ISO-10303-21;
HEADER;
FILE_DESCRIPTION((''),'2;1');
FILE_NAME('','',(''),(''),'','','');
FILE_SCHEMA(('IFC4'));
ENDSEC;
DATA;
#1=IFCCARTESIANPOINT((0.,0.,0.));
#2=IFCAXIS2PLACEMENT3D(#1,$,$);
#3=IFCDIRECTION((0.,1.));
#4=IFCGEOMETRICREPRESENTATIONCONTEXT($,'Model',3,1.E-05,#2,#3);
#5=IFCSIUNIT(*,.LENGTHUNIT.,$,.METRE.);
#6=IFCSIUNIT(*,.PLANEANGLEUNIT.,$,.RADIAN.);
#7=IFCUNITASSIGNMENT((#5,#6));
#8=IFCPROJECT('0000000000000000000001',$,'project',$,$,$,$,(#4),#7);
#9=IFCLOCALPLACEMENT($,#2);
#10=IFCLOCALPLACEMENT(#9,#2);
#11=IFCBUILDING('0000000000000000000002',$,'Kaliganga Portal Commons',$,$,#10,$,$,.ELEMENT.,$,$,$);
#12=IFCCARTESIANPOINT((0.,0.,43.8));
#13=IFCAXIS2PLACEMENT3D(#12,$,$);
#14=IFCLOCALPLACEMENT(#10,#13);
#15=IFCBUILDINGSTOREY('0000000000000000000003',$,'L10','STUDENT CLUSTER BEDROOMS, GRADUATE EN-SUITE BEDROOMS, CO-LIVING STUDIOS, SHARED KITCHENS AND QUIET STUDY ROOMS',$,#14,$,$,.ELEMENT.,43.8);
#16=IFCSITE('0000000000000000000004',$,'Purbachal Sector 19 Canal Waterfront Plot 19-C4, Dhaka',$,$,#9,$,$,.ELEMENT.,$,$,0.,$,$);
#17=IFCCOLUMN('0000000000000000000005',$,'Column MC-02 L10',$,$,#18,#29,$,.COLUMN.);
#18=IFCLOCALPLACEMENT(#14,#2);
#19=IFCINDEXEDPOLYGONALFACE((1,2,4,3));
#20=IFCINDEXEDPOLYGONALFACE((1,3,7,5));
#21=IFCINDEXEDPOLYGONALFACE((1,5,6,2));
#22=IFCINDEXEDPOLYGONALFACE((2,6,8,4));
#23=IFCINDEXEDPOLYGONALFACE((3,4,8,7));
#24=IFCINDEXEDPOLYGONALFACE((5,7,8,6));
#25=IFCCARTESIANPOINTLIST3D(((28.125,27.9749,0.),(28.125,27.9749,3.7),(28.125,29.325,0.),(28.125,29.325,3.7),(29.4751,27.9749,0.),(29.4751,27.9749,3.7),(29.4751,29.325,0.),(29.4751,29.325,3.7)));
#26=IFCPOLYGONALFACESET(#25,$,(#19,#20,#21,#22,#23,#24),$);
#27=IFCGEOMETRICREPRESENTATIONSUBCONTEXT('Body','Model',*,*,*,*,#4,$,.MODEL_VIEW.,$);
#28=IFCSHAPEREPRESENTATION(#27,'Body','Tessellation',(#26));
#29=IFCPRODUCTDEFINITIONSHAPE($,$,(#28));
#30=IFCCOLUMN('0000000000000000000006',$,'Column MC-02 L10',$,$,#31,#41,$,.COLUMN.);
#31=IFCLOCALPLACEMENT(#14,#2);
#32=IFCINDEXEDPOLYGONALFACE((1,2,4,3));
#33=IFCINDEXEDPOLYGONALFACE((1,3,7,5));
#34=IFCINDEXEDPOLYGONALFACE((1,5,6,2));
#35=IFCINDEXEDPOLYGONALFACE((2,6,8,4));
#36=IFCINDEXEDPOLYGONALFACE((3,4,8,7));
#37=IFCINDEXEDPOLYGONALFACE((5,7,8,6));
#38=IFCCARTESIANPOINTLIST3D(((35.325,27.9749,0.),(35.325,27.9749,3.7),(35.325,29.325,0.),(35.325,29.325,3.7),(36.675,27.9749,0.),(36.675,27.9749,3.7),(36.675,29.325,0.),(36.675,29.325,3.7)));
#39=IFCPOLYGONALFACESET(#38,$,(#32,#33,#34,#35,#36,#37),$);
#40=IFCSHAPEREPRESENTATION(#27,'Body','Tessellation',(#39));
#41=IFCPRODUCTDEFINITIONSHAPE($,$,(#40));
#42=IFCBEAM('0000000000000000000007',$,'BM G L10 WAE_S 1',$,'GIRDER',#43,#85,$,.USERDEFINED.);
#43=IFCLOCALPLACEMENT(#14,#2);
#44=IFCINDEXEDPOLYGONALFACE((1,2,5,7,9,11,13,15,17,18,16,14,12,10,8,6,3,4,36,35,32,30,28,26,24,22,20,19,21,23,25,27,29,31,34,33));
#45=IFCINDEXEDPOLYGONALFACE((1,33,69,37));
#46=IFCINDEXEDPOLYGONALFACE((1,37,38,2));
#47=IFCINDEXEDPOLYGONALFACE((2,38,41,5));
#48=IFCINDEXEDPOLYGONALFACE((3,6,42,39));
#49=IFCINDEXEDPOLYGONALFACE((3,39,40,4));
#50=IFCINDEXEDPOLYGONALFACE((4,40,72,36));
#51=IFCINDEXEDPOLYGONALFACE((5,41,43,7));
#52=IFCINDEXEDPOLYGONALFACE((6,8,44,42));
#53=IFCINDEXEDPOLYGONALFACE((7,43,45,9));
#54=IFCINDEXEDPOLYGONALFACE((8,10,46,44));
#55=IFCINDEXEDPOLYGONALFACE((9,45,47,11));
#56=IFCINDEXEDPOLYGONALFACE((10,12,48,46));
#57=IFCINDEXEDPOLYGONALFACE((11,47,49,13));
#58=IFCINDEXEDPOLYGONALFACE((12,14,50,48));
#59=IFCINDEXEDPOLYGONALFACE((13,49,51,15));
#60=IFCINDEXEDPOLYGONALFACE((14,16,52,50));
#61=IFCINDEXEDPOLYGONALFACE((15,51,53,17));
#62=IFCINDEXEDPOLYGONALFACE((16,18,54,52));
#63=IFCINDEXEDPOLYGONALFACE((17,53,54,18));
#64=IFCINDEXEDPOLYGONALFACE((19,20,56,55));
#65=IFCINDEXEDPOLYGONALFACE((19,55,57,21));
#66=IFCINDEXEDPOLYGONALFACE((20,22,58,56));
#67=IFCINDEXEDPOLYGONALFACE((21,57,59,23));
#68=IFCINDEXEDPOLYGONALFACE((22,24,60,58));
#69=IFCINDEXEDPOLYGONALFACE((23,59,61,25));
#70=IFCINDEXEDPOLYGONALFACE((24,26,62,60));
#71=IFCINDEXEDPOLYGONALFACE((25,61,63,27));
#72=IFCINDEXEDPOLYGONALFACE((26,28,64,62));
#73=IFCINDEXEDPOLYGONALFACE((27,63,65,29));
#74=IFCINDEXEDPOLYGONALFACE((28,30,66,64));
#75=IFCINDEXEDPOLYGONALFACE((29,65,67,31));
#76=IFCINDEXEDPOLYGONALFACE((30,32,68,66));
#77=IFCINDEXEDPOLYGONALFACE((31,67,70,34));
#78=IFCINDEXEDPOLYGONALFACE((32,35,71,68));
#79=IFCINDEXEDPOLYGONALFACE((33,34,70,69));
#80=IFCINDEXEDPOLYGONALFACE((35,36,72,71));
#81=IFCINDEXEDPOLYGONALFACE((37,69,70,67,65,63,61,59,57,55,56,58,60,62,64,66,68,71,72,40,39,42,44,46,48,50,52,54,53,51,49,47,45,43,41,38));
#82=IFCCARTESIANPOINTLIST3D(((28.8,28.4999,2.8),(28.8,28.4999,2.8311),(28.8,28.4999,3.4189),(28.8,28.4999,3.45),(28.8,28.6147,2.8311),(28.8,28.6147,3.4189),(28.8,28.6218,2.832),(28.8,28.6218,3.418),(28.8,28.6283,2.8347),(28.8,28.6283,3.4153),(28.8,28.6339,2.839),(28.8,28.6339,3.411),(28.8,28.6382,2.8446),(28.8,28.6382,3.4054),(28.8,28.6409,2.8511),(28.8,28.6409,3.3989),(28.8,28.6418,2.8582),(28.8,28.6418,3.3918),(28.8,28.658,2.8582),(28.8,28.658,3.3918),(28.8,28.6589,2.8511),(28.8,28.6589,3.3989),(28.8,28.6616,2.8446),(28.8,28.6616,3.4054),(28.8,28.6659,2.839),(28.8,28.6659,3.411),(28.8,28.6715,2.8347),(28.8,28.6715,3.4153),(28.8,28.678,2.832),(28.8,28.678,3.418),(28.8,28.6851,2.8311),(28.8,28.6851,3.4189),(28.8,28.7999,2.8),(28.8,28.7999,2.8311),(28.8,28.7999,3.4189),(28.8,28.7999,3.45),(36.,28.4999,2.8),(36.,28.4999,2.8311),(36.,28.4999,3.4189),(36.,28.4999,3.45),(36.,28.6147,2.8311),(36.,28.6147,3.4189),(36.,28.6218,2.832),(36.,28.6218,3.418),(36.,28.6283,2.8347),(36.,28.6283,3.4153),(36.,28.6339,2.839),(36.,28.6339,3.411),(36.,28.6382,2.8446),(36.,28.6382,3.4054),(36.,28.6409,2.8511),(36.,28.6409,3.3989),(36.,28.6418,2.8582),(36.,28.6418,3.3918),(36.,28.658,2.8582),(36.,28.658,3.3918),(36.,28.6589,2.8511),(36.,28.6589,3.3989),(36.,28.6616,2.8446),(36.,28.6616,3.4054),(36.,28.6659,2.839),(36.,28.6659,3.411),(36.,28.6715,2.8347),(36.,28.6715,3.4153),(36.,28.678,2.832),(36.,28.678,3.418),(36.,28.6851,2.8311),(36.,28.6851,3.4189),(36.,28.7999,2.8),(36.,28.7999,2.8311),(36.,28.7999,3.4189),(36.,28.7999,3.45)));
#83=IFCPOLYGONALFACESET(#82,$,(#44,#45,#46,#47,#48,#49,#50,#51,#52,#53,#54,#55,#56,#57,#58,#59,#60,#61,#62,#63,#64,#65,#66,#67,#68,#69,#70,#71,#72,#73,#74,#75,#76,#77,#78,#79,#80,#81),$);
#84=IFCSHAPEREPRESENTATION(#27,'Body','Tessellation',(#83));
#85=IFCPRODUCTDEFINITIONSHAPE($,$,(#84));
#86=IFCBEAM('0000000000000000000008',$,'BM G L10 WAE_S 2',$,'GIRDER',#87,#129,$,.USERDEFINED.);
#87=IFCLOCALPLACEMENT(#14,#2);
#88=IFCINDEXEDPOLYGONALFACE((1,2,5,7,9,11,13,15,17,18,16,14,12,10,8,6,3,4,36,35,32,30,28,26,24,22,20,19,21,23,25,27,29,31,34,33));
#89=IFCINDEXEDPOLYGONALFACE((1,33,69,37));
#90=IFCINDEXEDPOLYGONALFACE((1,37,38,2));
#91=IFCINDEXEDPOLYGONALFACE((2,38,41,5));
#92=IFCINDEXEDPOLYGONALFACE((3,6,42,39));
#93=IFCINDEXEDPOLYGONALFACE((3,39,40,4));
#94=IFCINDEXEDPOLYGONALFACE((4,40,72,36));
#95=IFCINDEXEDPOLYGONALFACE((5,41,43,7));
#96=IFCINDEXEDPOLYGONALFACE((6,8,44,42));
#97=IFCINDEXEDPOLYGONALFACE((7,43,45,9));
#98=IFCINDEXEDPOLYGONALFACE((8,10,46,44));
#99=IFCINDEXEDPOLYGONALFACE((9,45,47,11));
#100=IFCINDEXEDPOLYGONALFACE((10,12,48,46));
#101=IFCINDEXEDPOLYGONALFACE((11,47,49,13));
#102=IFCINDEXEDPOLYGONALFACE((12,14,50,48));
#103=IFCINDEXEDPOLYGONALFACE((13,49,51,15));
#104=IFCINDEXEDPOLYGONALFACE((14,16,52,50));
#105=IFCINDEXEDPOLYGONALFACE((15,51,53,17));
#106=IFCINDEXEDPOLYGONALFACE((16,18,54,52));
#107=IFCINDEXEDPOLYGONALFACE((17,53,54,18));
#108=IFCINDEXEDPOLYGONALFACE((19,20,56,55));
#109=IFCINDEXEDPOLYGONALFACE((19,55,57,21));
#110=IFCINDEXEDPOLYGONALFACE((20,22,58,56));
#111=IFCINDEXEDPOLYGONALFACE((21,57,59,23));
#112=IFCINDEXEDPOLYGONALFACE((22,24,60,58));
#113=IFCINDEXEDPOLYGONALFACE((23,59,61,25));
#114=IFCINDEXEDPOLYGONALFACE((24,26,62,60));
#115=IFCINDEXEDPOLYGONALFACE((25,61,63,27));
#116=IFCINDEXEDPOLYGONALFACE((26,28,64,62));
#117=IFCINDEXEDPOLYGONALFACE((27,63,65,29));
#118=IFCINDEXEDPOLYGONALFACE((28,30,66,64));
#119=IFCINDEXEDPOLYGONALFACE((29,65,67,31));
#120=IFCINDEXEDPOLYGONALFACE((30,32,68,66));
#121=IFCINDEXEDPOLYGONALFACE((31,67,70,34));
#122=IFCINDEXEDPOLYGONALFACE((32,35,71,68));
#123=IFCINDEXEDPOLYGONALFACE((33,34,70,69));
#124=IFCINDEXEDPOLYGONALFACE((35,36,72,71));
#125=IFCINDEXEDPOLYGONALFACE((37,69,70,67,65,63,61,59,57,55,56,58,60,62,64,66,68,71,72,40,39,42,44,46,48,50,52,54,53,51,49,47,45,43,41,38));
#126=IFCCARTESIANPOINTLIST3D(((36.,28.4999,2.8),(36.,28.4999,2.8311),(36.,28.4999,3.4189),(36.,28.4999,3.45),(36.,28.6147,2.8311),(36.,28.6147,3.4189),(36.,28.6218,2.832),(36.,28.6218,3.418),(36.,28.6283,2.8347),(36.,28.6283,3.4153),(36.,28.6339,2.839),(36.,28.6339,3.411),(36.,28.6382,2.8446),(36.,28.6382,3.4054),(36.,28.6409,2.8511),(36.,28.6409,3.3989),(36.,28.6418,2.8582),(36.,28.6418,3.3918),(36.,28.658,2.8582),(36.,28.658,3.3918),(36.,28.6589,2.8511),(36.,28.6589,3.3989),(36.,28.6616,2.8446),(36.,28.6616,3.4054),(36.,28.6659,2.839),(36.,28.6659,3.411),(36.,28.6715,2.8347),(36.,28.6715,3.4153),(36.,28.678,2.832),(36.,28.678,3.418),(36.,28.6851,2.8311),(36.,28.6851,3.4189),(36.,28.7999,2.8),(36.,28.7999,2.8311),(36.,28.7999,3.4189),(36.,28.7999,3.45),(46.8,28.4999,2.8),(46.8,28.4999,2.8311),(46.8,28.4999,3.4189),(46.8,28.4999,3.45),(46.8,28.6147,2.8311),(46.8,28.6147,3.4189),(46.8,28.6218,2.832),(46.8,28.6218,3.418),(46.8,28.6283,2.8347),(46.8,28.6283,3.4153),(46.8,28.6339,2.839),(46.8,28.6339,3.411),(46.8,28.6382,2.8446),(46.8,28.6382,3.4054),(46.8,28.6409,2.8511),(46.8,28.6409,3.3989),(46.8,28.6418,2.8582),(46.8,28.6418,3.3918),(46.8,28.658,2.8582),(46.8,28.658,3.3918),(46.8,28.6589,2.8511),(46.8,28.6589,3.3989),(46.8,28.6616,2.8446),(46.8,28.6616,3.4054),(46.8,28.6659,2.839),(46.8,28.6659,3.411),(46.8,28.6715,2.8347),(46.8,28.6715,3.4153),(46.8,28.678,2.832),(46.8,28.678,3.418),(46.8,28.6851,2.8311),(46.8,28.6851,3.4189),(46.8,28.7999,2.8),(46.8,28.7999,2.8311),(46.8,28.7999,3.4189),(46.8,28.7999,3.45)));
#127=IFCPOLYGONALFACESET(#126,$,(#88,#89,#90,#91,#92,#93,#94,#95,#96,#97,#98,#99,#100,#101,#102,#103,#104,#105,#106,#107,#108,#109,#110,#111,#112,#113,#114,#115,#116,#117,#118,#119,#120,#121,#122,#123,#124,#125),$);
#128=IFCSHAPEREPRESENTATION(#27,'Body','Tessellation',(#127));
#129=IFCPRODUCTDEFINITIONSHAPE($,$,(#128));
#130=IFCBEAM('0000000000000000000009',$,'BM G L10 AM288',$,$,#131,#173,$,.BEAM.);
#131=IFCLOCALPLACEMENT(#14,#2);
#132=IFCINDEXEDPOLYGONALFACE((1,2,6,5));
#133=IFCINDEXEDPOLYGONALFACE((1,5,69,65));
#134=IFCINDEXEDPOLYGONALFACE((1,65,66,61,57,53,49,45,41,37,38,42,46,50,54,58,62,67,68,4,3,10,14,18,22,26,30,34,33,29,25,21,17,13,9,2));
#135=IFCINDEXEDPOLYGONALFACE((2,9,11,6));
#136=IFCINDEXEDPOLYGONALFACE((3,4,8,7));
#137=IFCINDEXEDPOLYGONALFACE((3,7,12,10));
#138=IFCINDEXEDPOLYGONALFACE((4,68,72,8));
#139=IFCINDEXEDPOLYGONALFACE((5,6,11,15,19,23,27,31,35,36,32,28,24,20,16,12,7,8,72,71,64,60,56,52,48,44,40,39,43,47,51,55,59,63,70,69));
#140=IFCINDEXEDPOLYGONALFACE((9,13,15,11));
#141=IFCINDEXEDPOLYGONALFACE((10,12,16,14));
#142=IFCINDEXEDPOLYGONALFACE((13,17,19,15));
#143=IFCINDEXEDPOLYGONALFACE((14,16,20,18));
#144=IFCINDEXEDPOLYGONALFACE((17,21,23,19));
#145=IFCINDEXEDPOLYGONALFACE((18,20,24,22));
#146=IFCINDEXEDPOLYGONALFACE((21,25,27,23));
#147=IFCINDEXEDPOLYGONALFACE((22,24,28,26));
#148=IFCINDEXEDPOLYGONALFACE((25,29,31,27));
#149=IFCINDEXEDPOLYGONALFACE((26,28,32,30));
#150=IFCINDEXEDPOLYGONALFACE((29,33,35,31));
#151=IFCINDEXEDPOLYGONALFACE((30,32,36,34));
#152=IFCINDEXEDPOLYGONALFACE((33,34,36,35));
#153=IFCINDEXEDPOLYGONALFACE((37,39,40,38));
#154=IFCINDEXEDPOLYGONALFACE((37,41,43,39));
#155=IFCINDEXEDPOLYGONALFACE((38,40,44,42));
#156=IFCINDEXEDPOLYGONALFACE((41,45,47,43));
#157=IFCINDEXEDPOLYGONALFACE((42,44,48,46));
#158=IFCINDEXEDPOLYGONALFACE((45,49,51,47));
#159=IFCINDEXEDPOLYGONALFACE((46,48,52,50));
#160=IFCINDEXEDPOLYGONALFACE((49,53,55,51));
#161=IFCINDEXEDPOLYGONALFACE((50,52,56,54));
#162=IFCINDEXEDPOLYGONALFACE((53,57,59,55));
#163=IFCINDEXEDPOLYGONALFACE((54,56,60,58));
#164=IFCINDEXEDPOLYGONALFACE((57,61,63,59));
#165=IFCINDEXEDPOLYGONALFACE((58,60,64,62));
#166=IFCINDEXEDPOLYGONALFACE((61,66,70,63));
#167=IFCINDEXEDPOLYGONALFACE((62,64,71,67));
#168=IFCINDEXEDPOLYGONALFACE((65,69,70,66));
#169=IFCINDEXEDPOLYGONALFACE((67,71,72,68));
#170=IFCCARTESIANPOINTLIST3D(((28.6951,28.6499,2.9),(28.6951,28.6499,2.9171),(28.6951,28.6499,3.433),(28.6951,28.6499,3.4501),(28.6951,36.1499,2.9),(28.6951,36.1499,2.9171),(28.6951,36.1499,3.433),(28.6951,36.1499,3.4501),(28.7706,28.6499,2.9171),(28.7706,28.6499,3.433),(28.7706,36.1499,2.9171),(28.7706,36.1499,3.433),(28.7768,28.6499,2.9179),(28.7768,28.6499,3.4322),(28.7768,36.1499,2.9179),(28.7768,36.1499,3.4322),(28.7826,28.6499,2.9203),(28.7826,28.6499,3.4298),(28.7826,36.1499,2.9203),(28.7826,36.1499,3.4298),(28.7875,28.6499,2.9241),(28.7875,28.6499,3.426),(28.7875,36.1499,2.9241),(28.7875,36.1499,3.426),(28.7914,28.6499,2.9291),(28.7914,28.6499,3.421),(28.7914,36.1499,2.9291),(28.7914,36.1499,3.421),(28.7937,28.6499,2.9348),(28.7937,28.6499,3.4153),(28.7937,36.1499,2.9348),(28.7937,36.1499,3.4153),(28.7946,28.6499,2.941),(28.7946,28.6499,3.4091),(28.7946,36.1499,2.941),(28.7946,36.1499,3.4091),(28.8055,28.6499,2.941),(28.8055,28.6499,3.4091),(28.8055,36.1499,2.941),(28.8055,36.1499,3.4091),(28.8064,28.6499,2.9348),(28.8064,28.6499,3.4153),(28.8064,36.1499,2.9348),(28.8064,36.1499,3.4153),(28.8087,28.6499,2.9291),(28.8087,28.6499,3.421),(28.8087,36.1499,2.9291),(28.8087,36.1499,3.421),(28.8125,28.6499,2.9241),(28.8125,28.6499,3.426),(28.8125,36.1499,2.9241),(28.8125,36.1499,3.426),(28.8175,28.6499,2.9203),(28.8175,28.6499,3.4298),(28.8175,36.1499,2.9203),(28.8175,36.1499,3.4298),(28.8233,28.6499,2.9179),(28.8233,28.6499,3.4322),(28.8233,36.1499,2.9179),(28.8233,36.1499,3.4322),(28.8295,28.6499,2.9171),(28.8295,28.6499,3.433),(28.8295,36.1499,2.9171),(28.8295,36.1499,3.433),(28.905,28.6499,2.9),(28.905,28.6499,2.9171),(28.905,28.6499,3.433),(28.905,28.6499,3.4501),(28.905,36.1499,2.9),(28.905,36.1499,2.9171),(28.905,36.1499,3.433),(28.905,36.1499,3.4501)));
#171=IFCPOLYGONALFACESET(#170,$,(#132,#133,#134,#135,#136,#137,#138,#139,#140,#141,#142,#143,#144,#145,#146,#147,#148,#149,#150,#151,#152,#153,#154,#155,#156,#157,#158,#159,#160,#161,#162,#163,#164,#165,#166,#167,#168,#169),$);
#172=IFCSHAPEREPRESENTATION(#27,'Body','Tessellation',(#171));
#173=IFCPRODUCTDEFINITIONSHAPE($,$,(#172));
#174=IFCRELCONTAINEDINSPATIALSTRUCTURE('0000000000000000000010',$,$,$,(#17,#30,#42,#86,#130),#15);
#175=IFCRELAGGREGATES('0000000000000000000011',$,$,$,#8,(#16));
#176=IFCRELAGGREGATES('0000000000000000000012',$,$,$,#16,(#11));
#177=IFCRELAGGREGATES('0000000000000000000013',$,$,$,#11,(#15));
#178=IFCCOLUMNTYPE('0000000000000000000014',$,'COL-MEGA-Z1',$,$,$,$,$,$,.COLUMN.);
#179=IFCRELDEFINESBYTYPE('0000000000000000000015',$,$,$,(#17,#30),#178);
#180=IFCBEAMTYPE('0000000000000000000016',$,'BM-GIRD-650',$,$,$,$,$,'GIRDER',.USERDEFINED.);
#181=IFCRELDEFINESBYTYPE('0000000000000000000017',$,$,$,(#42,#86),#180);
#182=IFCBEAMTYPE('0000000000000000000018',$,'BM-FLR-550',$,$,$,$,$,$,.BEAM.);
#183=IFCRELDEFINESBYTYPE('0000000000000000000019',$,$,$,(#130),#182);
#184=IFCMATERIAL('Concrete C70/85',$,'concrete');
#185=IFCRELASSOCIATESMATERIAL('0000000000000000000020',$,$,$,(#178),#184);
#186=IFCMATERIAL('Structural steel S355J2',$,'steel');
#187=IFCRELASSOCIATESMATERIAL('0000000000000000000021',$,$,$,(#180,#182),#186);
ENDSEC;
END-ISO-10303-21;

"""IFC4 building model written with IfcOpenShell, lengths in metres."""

from ifc_helpers import new_model, si_unit, direction, frame, origin, origin_2d, place, context, subcontext, project, spatial, rectangle, i_section, extrude, source, transform, mapped, material, material_profile, profile_set, type_object, element, save


model = new_model("IFC4")

# Units and contexts
model_context = context("Model", 3, precision=1e-05, world=origin(), true_north=direction((0.0, 1.0)))
body_context = subcontext(model_context, "Body", "Model", "MODEL_VIEW")
ifc_project = project(units=[si_unit("LENGTHUNIT", "METRE"), si_unit("PLANEANGLEUNIT", "RADIAN")], contexts=[model_context])

# Site, building, storey
site_placement = place(None, origin())
site = spatial("IfcSite", under=ifc_project, at=site_placement, Name="Purbachal Sector 19 Canal Waterfront Plot 19-C4, Dhaka", CompositionType="ELEMENT", RefElevation=0.0)
building_placement = place(site_placement, origin())
building = spatial("IfcBuilding", under=site, at=building_placement, Name="Kaliganga Portal Commons", CompositionType="ELEMENT")
storey_placement = place(building_placement, frame((0.0, 0.0, 43.8)))
storey = spatial("IfcBuildingStorey", under=building, at=storey_placement, Name="L10", Description="STUDENT CLUSTER BEDROOMS, GRADUATE EN-SUITE BEDROOMS, CO-LIVING STUDIOS, SHARED KITCHENS AND QUIET STUDY ROOMS", CompositionType="ELEMENT", Elevation=43.8)

# Columns
ifc_material_1 = material(Name="Concrete C70/85", Category="concrete")
ifc_material_profile_1 = material_profile(ifc_material_1, rectangle(XDim=1.3501, YDim=1.3501, at=origin_2d()), Name="RC 1350x1350")
ifc_profile_set_1 = profile_set([ifc_material_profile_1], Name="Concrete C70/85")
column_type = type_object("IfcColumnType", Name="COL-MEGA-Z1", PredefinedType="COLUMN", material=ifc_profile_set_1)
shared_shape_1 = source(origin(), body_context, "Body", "SweptSolid", [
    extrude(rectangle(XDim=1.3501, YDim=1.3501, at=origin_2d()), origin(), (0.0, 0.0, 1.0), 3.7),
])
for number, where, z_axis, x_axis, name in (
    (1, (28.8, 28.6499, 0.0), (0.0, 0.0, 1.0), (1.0, 0.0, 0.0), "Column MC-02 L10"),
    (2, (36.0, 28.6499, 0.0), (0.0, 0.0, 1.0), (1.0, 0.0, 0.0), "Column MC-02 L10"),
):
    element("IfcColumn", number, at=place(storey_placement, frame(where, z_axis=z_axis, x_axis=x_axis)), inside=storey, type_object=column_type, Name=name, PredefinedType="COLUMN", context=body_context, shape_type="MappedRepresentation", body=[
        mapped(shared_shape_1, transform((0.0, 0.0, 0.0), x_axis=(1.0, 0.0, 0.0), y_axis=(0.0, 1.0, 0.0), z_axis=(0.0, 0.0, 1.0), scale=1.0)),
    ])

# Beams
ifc_material_2 = material(Name="Structural steel S355J2", Category="steel")
ifc_material_profile_2 = material_profile(ifc_material_2, i_section(OverallWidth=0.3, OverallDepth=0.6499, WebThickness=0.0161, FlangeThickness=0.031, FilletRadius=0.0271, at=origin_2d()), Name="HE 650 B")
ifc_profile_set_2 = profile_set([ifc_material_profile_2], Name="Structural steel S355J2 wide-flange")
beam_type_1 = type_object("IfcBeamType", Name="BM-GIRD-650", ElementType="GIRDER", PredefinedType="USERDEFINED", material=ifc_profile_set_2)
shared_shape_2 = source(origin(), body_context, "Body", "SweptSolid", [
    extrude(i_section(OverallWidth=0.3, OverallDepth=0.6499, WebThickness=0.0161, FlangeThickness=0.031, FilletRadius=0.0271, at=origin_2d()), origin(), (0.0, 0.0, 1.0), 7.2),
])
beam_1_placement = place(storey_placement, frame((28.8, 28.6499, 3.125), z_axis=(1.0, 0.0, 0.0), x_axis=(0.0, 1.0, 0.0)))
element("IfcBeam", 3, at=beam_1_placement, inside=storey, type_object=beam_type_1, Name="BM G L10 WAE_S 1", ObjectType="GIRDER", PredefinedType="USERDEFINED", context=body_context, shape_type="MappedRepresentation", body=[
    mapped(shared_shape_2, transform((0.0, 0.0, 0.0), x_axis=(1.0, 0.0, 0.0), y_axis=(0.0, 1.0, 0.0), z_axis=(0.0, 0.0, 1.0), scale=1.0)),
])
shared_shape_3 = source(origin(), body_context, "Body", "SweptSolid", [
    extrude(i_section(OverallWidth=0.3, OverallDepth=0.6499, WebThickness=0.0161, FlangeThickness=0.031, FilletRadius=0.0271, at=origin_2d()), origin(), (0.0, 0.0, 1.0), 10.8),
])
beam_2_placement = place(storey_placement, frame((36.0, 28.6499, 3.125), z_axis=(1.0, 0.0, 0.0), x_axis=(0.0, 1.0, 0.0)))
element("IfcBeam", 4, at=beam_2_placement, inside=storey, type_object=beam_type_1, Name="BM G L10 WAE_S 2", ObjectType="GIRDER", PredefinedType="USERDEFINED", context=body_context, shape_type="MappedRepresentation", body=[
    mapped(shared_shape_3, transform((0.0, 0.0, 0.0), x_axis=(1.0, 0.0, 0.0), y_axis=(0.0, 1.0, 0.0), z_axis=(0.0, 0.0, 1.0), scale=1.0)),
])
ifc_material_profile_3 = material_profile(ifc_material_2, i_section(OverallWidth=0.21, OverallDepth=0.55, WebThickness=0.011, FlangeThickness=0.0171, FilletRadius=0.0239, at=origin_2d()), Name="IPE 550")
ifc_profile_set_3 = profile_set([ifc_material_profile_3], Name="Structural steel S355J2 wide-flange")
beam_type_2 = type_object("IfcBeamType", Name="BM-FLR-550", PredefinedType="BEAM", material=ifc_profile_set_3)
shared_shape_4 = source(origin(), body_context, "Body", "SweptSolid", [
    extrude(i_section(OverallWidth=0.21, OverallDepth=0.55, WebThickness=0.011, FlangeThickness=0.0171, FilletRadius=0.0239, at=origin_2d()), origin(), (0.0, 0.0, 1.0), 7.5),
])
for number, where, z_axis, x_axis, name in (
    (5, (28.8, 28.6499, 3.175), (0.0, 1.0, 0.0), (-1.0, 0.0, 0.0), "BM G L10 AM288"),
):
    element("IfcBeam", number, at=place(storey_placement, frame(where, z_axis=z_axis, x_axis=x_axis)), inside=storey, type_object=beam_type_2, Name=name, PredefinedType="BEAM", context=body_context, shape_type="MappedRepresentation", body=[
        mapped(shared_shape_4, transform((0.0, 0.0, 0.0), x_axis=(1.0, 0.0, 0.0), y_axis=(0.0, 1.0, 0.0), z_axis=(0.0, 0.0, 1.0), scale=1.0)),
    ])

save(model, "model.ifc")
